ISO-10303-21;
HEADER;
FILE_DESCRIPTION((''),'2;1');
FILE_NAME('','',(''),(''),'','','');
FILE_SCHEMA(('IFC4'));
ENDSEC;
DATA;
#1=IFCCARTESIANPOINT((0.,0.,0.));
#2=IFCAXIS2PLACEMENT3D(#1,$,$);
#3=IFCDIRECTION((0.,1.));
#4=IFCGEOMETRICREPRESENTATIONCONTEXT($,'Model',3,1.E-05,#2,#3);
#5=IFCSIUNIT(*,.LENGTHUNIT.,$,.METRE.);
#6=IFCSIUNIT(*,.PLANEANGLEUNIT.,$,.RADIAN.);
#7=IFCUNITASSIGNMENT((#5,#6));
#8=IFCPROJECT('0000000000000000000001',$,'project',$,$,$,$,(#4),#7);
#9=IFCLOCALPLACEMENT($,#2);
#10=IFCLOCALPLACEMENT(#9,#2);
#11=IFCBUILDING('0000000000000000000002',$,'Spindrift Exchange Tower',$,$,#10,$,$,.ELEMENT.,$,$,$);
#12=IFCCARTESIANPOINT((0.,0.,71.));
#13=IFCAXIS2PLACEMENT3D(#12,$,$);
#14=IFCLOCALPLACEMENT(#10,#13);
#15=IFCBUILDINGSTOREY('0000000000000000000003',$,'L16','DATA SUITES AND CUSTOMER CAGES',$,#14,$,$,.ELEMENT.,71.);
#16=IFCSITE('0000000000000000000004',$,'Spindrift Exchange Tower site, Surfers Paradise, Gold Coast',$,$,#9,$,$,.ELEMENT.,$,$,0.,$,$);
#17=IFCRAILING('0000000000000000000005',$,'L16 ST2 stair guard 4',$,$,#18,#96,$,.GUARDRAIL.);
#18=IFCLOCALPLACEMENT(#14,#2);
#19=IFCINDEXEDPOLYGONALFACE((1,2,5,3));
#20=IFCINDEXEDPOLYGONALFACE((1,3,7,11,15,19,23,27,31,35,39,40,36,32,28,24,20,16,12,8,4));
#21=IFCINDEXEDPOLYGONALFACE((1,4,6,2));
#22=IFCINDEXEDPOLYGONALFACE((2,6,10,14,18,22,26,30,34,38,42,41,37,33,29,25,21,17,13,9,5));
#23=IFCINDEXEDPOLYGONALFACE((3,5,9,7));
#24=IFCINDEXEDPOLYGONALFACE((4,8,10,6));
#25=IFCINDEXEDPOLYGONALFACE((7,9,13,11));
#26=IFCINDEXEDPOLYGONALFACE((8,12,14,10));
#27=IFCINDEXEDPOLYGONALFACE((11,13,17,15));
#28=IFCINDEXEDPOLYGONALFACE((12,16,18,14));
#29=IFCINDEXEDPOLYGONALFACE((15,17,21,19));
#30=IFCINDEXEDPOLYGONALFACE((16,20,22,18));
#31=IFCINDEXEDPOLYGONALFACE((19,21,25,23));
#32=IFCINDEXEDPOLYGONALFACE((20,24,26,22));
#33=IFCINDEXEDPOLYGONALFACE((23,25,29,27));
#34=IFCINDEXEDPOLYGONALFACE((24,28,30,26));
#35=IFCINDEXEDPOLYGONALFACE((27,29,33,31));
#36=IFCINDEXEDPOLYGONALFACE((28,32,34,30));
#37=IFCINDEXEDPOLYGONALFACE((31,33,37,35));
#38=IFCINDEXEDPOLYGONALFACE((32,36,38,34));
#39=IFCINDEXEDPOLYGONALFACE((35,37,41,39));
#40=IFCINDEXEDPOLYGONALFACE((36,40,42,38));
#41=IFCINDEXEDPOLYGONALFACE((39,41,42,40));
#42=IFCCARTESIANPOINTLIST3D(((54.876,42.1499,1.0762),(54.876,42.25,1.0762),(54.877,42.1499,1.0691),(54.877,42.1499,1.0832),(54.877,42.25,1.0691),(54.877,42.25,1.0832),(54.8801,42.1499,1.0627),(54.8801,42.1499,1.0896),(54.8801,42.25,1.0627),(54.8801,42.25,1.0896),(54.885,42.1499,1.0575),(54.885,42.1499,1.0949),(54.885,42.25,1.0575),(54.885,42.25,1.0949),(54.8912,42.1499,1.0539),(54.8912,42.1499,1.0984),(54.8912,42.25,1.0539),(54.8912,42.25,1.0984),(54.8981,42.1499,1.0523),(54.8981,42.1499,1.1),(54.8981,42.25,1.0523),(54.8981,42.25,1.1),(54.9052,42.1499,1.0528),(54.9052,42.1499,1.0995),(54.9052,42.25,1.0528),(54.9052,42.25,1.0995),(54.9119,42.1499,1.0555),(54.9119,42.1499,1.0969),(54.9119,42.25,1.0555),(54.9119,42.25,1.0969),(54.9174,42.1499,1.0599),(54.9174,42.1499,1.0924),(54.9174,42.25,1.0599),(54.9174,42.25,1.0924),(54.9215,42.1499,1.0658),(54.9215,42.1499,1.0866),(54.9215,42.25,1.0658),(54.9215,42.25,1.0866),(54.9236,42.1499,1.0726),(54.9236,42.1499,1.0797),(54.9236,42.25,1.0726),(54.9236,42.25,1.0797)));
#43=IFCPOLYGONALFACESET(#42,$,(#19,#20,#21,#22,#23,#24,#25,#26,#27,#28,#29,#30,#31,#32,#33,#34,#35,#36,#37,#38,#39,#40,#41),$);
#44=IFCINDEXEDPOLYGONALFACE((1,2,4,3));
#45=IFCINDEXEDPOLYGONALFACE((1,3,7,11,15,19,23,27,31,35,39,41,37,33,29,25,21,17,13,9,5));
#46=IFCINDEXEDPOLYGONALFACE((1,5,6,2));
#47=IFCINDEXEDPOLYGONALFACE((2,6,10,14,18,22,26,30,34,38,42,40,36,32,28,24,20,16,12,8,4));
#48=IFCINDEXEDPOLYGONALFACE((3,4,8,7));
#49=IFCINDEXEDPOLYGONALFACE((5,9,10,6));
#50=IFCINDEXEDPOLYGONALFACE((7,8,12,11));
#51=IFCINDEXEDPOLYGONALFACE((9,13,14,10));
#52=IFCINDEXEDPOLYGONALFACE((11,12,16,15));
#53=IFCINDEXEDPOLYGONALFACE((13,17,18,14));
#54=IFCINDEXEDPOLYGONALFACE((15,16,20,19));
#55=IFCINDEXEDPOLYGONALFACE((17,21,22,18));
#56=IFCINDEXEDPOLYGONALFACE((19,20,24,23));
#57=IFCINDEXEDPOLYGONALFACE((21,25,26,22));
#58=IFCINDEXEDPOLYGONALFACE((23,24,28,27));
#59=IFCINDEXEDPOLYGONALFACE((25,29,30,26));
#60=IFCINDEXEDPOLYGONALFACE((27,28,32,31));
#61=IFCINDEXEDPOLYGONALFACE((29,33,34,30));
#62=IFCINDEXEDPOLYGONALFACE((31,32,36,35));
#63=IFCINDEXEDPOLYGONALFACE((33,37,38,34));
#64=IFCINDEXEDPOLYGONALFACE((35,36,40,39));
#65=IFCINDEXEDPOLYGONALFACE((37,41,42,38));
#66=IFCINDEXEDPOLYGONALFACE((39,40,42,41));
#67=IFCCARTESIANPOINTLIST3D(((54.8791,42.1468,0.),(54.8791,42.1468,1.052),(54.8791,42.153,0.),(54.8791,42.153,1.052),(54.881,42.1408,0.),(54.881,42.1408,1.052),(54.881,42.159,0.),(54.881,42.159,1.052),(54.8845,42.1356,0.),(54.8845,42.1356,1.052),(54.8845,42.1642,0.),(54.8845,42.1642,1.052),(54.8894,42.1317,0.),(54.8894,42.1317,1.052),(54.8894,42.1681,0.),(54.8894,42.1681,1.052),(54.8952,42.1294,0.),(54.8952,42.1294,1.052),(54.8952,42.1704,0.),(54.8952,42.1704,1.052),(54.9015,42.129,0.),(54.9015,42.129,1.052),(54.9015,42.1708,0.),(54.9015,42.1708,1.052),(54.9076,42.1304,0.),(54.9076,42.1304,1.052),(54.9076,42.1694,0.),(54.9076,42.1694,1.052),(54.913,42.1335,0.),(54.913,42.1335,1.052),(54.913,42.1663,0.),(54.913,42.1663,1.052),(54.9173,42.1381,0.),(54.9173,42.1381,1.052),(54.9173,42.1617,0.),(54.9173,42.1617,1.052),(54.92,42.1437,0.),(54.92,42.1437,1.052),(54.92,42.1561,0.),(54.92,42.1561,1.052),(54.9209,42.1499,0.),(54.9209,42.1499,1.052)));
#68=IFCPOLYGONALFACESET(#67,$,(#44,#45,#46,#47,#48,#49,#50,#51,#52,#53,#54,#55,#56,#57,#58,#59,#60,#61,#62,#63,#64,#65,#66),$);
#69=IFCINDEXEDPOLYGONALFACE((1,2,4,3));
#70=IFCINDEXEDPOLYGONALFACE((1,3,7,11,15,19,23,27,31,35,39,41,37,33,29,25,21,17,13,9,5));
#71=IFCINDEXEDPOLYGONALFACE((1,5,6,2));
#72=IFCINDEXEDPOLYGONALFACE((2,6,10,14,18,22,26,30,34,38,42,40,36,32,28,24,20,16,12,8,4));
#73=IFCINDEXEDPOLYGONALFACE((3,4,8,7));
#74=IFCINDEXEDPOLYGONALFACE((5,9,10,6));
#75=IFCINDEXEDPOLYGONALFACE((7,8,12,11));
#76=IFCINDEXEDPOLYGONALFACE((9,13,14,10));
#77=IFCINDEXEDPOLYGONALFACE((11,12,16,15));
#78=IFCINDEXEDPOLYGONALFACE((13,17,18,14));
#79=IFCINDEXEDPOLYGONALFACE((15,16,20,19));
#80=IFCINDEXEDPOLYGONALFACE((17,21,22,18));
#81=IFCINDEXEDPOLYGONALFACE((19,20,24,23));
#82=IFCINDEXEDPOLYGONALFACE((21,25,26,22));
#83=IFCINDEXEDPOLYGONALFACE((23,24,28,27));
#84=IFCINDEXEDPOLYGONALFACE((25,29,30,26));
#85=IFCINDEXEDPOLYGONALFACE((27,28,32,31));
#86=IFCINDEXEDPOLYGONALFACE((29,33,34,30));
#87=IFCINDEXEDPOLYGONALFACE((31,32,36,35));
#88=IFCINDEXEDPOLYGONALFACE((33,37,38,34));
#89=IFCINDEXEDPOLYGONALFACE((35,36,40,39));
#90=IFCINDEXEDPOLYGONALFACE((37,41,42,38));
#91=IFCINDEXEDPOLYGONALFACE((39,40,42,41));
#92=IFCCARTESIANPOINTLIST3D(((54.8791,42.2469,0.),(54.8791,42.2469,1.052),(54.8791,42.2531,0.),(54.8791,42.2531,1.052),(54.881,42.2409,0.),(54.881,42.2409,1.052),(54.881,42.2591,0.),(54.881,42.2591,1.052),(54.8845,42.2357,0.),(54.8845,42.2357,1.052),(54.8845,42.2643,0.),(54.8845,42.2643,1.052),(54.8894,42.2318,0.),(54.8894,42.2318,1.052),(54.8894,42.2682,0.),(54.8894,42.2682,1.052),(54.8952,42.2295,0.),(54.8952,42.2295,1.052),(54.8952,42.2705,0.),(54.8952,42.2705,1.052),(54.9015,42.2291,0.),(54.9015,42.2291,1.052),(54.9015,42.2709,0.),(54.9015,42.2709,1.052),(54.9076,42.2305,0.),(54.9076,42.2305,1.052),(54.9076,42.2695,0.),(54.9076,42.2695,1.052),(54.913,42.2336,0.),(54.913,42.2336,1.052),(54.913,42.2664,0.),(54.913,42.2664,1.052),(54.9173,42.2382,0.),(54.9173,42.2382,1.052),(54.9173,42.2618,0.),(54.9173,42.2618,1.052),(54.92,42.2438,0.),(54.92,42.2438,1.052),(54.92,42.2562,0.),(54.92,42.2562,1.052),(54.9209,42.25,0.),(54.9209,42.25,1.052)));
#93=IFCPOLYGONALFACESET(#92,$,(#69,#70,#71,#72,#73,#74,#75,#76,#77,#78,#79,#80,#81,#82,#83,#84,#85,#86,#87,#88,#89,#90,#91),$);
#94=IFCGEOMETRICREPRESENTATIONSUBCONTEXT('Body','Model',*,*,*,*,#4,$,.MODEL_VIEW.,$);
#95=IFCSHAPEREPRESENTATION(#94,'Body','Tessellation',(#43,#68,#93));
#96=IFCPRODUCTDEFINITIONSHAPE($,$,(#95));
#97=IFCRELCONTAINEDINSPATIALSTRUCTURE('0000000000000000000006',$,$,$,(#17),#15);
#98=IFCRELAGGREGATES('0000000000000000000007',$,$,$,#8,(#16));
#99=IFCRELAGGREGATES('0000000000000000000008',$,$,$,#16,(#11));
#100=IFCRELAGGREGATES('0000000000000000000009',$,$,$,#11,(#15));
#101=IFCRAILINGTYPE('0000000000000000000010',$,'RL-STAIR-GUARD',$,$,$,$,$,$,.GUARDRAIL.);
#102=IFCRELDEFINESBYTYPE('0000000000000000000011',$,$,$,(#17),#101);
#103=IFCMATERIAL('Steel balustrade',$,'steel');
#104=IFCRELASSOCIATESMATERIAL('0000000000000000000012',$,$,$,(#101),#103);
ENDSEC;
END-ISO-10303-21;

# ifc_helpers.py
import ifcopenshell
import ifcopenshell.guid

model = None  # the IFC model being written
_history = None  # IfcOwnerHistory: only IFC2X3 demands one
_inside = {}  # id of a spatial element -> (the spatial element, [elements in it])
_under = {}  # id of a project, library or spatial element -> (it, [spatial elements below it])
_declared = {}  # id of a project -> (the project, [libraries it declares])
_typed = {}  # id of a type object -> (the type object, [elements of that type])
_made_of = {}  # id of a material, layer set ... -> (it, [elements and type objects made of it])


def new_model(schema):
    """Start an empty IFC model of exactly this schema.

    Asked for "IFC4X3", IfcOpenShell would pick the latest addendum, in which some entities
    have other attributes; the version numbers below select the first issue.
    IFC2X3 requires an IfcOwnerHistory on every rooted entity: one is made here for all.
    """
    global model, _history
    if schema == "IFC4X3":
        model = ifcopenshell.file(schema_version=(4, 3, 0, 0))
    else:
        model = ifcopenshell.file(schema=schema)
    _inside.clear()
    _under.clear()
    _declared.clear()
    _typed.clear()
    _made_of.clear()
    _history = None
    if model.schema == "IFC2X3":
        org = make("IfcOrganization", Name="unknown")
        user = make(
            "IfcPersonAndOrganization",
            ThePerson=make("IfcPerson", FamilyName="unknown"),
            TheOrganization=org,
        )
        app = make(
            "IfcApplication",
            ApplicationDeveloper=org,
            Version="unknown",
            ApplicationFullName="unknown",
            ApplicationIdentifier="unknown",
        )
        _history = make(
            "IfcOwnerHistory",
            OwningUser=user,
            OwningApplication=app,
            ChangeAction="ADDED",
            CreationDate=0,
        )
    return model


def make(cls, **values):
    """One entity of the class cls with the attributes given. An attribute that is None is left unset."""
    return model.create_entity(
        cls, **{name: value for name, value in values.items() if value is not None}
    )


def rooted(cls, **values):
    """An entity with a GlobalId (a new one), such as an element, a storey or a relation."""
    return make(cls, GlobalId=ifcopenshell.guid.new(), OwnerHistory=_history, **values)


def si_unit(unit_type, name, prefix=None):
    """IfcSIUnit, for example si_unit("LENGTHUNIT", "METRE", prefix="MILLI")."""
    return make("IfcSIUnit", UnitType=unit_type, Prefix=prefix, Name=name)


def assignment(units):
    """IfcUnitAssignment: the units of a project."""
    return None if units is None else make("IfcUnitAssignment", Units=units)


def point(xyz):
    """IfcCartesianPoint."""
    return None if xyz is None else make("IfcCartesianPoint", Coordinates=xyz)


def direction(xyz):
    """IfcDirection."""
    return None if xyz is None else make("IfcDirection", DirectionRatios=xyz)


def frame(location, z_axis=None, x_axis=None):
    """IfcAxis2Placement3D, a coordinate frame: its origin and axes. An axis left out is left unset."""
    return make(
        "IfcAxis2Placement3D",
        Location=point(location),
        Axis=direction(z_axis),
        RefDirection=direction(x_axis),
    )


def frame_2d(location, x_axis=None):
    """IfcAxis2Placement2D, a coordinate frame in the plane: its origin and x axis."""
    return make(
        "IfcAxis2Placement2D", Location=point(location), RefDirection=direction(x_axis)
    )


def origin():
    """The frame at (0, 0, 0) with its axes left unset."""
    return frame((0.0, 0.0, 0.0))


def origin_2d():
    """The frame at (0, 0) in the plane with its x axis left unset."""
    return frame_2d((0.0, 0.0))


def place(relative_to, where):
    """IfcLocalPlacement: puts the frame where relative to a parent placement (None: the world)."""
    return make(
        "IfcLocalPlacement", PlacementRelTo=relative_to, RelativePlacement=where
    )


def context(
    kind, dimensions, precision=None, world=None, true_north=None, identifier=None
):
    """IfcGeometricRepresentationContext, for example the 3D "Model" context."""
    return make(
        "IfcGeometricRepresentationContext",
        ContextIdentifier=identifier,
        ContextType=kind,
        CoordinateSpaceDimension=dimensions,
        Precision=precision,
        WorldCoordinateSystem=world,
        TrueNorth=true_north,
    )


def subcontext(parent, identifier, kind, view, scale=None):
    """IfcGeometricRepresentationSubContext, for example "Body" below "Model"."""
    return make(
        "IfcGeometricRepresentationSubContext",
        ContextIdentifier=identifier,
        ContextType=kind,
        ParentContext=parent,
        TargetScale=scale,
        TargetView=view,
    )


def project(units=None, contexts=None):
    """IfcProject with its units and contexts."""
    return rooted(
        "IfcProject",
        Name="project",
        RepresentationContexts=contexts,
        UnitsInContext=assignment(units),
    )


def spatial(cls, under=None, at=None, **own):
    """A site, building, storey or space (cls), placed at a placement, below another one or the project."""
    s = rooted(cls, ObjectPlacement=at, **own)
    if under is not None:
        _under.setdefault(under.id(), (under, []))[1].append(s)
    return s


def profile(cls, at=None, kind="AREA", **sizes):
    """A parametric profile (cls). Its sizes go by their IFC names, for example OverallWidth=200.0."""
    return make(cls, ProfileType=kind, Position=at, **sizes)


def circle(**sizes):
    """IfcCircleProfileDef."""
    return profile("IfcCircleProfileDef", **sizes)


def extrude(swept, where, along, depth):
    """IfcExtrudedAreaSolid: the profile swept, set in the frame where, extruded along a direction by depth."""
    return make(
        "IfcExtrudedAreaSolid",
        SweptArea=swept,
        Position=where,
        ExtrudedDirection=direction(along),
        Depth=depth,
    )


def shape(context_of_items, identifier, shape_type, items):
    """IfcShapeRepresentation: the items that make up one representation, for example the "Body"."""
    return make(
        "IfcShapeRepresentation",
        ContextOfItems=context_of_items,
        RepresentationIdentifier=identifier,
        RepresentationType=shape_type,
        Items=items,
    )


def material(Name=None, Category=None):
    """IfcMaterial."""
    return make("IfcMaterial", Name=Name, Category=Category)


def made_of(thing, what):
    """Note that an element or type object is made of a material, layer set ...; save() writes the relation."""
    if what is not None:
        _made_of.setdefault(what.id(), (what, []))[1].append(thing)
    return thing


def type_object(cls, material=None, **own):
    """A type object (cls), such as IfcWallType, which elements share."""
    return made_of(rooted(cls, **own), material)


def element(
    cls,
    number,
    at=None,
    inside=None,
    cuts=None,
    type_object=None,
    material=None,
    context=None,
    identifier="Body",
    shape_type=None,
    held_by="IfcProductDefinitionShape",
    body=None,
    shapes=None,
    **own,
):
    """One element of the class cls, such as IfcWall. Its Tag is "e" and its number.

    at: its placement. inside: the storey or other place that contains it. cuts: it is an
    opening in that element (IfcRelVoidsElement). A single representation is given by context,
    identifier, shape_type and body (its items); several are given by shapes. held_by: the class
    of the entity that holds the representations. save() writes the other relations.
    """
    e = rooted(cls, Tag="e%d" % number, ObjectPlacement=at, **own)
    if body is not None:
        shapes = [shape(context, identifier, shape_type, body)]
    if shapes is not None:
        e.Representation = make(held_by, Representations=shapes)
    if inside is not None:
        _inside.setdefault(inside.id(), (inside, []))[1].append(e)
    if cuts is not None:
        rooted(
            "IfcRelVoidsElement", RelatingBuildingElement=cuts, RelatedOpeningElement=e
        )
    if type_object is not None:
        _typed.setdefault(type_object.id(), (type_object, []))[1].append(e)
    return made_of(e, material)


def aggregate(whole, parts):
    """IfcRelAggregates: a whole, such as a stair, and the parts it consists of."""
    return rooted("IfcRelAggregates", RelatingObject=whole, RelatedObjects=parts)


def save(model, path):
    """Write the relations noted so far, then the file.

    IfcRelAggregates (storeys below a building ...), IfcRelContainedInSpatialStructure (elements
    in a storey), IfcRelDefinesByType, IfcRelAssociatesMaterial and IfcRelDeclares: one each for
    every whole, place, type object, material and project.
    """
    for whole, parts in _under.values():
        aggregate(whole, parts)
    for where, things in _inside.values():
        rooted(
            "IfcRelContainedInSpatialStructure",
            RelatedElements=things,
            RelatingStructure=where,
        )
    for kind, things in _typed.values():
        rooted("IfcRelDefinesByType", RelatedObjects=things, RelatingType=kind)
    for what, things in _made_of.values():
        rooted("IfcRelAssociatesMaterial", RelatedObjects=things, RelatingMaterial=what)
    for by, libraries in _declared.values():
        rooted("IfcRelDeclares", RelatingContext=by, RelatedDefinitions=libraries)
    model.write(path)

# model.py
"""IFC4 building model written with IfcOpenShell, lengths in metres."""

from ifc_helpers import new_model, si_unit, direction, frame, origin, origin_2d, place, context, subcontext, project, spatial, circle, extrude, material, type_object, element, save


model = new_model("IFC4")

# Units and contexts
model_context = context("Model", 3, precision=1e-05, world=origin(), true_north=direction((0.0, 1.0)))
body_context = subcontext(model_context, "Body", "Model", "MODEL_VIEW")
ifc_project = project(units=[si_unit("LENGTHUNIT", "METRE"), si_unit("PLANEANGLEUNIT", "RADIAN")], contexts=[model_context])

# Site, building, storey
site_placement = place(None, origin())
site = spatial("IfcSite", under=ifc_project, at=site_placement, Name="Spindrift Exchange Tower site, Surfers Paradise, Gold Coast", CompositionType="ELEMENT", RefElevation=0.0)
building_placement = place(site_placement, origin())
building = spatial("IfcBuilding", under=site, at=building_placement, Name="Spindrift Exchange Tower", CompositionType="ELEMENT")
storey_placement = place(building_placement, frame((0.0, 0.0, 71.0)))
storey = spatial("IfcBuildingStorey", under=building, at=storey_placement, Name="L16", Description="DATA SUITES AND CUSTOMER CAGES", CompositionType="ELEMENT", Elevation=71.0)

# Railing
ifc_material_1 = material(Name="Steel balustrade", Category="steel")
railing_type_1 = type_object("IfcRailingType", Name="RL-STAIR-GUARD", PredefinedType="GUARDRAIL", material=ifc_material_1)
railing_1_placement = place(storey_placement, frame((54.8999, 42.1499, 0.0)))
element("IfcRailing", 1, at=railing_1_placement, inside=storey, type_object=railing_type_1, Name="L16 ST2 stair guard 4", PredefinedType="GUARDRAIL", context=body_context, shape_type="SweptSolid", body=[
    extrude(circle(Radius=0.0239, at=origin_2d()), frame((0.0, 0.0, 1.0762), z_axis=(0.0, 1.0, 0.0), x_axis=(-1.0, 0.0, 0.0)), (0.0, 0.0, 1.0), 0.1001),
    extrude(circle(Radius=0.021, at=origin_2d()), origin(), (0.0, 0.0, 1.0), 1.052),
    extrude(circle(Radius=0.021, at=origin_2d()), frame((0.0, 0.1001, 0.0)), (0.0, 0.0, 1.0), 1.052),
])

save(model, "model.ifc")
